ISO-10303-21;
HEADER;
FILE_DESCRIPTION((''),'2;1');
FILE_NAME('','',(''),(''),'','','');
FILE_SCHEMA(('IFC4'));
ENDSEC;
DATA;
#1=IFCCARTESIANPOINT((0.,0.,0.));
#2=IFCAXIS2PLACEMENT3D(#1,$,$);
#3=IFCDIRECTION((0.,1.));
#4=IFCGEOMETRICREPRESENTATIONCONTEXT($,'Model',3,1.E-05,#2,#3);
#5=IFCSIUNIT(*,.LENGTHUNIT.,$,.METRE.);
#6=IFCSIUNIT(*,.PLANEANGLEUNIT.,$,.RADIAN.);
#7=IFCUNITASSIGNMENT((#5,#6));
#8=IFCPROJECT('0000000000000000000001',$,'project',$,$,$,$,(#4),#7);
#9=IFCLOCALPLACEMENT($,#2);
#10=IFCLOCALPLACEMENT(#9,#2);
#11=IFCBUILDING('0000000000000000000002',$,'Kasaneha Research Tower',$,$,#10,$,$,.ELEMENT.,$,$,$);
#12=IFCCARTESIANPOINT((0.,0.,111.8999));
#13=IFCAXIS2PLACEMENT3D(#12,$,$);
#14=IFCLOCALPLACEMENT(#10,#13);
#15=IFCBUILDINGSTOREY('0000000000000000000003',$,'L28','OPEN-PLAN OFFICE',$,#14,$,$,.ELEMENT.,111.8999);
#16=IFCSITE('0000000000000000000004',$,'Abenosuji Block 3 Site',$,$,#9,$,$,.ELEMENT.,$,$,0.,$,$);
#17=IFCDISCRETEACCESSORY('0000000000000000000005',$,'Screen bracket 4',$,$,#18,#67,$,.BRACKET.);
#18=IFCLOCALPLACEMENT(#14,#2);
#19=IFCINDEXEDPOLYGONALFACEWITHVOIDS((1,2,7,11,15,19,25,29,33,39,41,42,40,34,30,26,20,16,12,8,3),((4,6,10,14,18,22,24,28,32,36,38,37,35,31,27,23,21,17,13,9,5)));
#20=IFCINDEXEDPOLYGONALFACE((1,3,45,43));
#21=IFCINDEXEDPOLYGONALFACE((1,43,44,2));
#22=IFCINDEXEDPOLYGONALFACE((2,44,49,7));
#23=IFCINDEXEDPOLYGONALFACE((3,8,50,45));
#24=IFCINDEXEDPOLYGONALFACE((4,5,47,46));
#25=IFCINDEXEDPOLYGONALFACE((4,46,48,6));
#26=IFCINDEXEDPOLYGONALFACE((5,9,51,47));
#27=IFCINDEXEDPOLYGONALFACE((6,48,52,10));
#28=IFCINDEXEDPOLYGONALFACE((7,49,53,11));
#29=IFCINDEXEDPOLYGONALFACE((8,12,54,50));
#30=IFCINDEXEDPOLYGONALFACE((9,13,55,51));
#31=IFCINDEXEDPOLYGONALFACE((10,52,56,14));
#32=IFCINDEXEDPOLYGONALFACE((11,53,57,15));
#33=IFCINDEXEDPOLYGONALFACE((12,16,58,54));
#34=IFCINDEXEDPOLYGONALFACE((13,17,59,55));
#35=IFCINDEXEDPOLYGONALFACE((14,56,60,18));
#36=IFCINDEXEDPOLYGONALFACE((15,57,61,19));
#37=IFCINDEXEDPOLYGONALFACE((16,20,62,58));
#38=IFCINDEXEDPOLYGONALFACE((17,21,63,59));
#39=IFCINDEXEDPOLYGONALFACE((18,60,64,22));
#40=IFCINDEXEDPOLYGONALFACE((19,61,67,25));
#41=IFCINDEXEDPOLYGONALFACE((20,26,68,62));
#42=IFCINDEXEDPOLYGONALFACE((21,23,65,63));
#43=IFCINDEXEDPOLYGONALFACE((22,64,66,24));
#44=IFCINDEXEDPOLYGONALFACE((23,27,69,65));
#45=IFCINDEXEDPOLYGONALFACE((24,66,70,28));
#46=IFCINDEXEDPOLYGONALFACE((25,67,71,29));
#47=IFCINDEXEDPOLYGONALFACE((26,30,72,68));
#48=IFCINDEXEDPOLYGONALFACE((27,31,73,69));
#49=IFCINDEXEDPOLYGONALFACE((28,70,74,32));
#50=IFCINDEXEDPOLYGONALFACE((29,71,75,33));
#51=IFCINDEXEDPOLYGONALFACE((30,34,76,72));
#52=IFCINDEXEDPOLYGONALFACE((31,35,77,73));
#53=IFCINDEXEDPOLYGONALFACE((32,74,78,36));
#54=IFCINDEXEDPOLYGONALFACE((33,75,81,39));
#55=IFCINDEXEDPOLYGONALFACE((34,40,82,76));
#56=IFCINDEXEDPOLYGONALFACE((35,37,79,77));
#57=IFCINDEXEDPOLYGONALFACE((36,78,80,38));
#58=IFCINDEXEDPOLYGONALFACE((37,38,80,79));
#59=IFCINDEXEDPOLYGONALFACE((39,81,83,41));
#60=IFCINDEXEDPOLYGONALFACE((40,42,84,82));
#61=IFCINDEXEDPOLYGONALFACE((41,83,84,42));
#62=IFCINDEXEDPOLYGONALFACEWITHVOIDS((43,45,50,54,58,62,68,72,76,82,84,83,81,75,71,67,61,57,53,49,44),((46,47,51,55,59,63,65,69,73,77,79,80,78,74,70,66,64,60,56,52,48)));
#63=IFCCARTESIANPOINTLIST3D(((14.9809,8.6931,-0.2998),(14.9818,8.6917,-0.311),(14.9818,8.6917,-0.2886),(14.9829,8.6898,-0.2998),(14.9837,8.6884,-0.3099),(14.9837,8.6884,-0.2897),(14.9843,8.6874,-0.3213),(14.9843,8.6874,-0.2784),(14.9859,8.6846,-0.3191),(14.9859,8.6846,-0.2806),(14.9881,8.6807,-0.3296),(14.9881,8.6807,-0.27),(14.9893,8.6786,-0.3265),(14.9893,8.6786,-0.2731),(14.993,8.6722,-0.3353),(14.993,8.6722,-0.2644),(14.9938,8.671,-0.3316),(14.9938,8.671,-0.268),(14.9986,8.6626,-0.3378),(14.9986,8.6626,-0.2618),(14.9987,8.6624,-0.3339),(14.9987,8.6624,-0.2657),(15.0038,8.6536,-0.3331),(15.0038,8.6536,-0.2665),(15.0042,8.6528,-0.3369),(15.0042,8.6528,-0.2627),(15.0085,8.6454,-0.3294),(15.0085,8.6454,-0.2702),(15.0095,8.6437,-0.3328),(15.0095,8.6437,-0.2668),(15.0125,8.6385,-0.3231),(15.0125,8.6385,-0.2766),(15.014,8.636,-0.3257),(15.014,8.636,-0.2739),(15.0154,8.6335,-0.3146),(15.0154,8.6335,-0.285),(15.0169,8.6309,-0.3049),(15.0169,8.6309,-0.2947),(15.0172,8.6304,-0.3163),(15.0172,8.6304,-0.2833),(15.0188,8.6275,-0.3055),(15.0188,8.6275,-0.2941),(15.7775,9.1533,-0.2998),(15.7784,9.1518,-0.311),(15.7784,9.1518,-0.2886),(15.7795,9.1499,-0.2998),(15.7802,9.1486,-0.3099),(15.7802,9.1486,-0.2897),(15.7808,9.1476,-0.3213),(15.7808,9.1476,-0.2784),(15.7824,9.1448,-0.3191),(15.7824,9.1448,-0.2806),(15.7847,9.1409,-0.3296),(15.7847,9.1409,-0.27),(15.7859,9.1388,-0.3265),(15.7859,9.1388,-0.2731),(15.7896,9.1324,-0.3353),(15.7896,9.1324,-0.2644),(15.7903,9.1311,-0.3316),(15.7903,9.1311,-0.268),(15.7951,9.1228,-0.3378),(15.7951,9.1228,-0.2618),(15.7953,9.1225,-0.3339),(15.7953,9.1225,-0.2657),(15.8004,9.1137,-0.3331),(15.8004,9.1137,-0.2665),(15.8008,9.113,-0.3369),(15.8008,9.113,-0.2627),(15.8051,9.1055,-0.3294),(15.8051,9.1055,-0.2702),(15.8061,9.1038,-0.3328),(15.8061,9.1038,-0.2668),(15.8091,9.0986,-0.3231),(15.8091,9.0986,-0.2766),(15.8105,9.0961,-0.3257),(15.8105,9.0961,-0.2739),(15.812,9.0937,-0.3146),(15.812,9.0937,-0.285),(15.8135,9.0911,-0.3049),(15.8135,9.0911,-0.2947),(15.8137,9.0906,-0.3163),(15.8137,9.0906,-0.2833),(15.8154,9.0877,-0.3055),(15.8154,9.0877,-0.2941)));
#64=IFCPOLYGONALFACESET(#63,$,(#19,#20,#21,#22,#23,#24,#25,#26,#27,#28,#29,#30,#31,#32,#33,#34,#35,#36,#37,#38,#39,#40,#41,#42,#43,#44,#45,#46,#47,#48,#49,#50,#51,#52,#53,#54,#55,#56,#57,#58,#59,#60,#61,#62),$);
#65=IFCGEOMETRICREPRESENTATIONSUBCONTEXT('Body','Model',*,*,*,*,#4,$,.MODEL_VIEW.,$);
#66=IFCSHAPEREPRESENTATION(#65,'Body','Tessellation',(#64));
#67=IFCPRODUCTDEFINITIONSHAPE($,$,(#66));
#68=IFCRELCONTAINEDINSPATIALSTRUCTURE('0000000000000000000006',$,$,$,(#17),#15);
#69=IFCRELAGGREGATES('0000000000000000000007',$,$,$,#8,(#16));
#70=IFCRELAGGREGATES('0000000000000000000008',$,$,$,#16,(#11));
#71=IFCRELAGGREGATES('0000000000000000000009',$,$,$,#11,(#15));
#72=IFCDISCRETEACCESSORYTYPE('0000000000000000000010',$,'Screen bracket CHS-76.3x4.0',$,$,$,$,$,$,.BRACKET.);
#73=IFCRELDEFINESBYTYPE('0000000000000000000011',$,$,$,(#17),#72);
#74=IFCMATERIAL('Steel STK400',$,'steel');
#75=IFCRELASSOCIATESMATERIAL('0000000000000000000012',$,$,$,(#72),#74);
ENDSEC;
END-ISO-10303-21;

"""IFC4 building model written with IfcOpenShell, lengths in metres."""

from ifc_helpers import new_model, si_unit, direction, frame, origin, origin_2d, place, context, subcontext, project, spatial, hollow_circle, extrude, material, material_profile, profile_set, type_object, element, save


model = new_model("IFC4")

# Units and contexts
model_context = context("Model", 3, precision=1e-05, world=origin(), true_north=direction((0.0, 1.0)))
body_context = subcontext(model_context, "Body", "Model", "MODEL_VIEW")
ifc_project = project(units=[si_unit("LENGTHUNIT", "METRE"), si_unit("PLANEANGLEUNIT", "RADIAN")], contexts=[model_context])

# Site, building, storey
site_placement = place(None, origin())
site = spatial("IfcSite", under=ifc_project, at=site_placement, Name="Abenosuji Block 3 Site", CompositionType="ELEMENT", RefElevation=0.0)
building_placement = place(site_placement, origin())
building = spatial("IfcBuilding", under=site, at=building_placement, Name="Kasaneha Research Tower", CompositionType="ELEMENT")
storey_placement = place(building_placement, frame((0.0, 0.0, 111.8999)))
storey = spatial("IfcBuildingStorey", under=building, at=storey_placement, Name="L28", Description="OPEN-PLAN OFFICE", CompositionType="ELEMENT", Elevation=111.8999)

# Discrete accessory
ifc_material_1 = material(Name="Steel STK400", Category="steel")
ifc_material_profile_1 = material_profile(ifc_material_1, hollow_circle(Radius=0.0381, WallThickness=0.0039, at=origin_2d()), Name="CHS-76.3x4.0")
ifc_profile_set_1 = profile_set([ifc_material_profile_1], Name="Steel STK400")
discrete_accessory_type = type_object("IfcDiscreteAccessoryType", Name="Screen bracket CHS-76.3x4.0", PredefinedType="BRACKET", material=ifc_profile_set_1)
discrete_accessory_placement = place(storey_placement, frame((15.0, 8.6602, -0.2998), z_axis=(0.865898, 0.50022, 0.0), x_axis=(-0.50022, 0.865898, 0.0)))
element("IfcDiscreteAccessory", 1, at=discrete_accessory_placement, inside=storey, type_object=discrete_accessory_type, Name="Screen bracket 4", PredefinedType="BRACKET", context=body_context, shape_type="SweptSolid", body=[
    extrude(hollow_circle(Radius=0.0381, WallThickness=0.0039, at=origin_2d()), origin(), (0.0, 0.0, 1.0), 0.9199),
])

save(model, "model.ifc")
